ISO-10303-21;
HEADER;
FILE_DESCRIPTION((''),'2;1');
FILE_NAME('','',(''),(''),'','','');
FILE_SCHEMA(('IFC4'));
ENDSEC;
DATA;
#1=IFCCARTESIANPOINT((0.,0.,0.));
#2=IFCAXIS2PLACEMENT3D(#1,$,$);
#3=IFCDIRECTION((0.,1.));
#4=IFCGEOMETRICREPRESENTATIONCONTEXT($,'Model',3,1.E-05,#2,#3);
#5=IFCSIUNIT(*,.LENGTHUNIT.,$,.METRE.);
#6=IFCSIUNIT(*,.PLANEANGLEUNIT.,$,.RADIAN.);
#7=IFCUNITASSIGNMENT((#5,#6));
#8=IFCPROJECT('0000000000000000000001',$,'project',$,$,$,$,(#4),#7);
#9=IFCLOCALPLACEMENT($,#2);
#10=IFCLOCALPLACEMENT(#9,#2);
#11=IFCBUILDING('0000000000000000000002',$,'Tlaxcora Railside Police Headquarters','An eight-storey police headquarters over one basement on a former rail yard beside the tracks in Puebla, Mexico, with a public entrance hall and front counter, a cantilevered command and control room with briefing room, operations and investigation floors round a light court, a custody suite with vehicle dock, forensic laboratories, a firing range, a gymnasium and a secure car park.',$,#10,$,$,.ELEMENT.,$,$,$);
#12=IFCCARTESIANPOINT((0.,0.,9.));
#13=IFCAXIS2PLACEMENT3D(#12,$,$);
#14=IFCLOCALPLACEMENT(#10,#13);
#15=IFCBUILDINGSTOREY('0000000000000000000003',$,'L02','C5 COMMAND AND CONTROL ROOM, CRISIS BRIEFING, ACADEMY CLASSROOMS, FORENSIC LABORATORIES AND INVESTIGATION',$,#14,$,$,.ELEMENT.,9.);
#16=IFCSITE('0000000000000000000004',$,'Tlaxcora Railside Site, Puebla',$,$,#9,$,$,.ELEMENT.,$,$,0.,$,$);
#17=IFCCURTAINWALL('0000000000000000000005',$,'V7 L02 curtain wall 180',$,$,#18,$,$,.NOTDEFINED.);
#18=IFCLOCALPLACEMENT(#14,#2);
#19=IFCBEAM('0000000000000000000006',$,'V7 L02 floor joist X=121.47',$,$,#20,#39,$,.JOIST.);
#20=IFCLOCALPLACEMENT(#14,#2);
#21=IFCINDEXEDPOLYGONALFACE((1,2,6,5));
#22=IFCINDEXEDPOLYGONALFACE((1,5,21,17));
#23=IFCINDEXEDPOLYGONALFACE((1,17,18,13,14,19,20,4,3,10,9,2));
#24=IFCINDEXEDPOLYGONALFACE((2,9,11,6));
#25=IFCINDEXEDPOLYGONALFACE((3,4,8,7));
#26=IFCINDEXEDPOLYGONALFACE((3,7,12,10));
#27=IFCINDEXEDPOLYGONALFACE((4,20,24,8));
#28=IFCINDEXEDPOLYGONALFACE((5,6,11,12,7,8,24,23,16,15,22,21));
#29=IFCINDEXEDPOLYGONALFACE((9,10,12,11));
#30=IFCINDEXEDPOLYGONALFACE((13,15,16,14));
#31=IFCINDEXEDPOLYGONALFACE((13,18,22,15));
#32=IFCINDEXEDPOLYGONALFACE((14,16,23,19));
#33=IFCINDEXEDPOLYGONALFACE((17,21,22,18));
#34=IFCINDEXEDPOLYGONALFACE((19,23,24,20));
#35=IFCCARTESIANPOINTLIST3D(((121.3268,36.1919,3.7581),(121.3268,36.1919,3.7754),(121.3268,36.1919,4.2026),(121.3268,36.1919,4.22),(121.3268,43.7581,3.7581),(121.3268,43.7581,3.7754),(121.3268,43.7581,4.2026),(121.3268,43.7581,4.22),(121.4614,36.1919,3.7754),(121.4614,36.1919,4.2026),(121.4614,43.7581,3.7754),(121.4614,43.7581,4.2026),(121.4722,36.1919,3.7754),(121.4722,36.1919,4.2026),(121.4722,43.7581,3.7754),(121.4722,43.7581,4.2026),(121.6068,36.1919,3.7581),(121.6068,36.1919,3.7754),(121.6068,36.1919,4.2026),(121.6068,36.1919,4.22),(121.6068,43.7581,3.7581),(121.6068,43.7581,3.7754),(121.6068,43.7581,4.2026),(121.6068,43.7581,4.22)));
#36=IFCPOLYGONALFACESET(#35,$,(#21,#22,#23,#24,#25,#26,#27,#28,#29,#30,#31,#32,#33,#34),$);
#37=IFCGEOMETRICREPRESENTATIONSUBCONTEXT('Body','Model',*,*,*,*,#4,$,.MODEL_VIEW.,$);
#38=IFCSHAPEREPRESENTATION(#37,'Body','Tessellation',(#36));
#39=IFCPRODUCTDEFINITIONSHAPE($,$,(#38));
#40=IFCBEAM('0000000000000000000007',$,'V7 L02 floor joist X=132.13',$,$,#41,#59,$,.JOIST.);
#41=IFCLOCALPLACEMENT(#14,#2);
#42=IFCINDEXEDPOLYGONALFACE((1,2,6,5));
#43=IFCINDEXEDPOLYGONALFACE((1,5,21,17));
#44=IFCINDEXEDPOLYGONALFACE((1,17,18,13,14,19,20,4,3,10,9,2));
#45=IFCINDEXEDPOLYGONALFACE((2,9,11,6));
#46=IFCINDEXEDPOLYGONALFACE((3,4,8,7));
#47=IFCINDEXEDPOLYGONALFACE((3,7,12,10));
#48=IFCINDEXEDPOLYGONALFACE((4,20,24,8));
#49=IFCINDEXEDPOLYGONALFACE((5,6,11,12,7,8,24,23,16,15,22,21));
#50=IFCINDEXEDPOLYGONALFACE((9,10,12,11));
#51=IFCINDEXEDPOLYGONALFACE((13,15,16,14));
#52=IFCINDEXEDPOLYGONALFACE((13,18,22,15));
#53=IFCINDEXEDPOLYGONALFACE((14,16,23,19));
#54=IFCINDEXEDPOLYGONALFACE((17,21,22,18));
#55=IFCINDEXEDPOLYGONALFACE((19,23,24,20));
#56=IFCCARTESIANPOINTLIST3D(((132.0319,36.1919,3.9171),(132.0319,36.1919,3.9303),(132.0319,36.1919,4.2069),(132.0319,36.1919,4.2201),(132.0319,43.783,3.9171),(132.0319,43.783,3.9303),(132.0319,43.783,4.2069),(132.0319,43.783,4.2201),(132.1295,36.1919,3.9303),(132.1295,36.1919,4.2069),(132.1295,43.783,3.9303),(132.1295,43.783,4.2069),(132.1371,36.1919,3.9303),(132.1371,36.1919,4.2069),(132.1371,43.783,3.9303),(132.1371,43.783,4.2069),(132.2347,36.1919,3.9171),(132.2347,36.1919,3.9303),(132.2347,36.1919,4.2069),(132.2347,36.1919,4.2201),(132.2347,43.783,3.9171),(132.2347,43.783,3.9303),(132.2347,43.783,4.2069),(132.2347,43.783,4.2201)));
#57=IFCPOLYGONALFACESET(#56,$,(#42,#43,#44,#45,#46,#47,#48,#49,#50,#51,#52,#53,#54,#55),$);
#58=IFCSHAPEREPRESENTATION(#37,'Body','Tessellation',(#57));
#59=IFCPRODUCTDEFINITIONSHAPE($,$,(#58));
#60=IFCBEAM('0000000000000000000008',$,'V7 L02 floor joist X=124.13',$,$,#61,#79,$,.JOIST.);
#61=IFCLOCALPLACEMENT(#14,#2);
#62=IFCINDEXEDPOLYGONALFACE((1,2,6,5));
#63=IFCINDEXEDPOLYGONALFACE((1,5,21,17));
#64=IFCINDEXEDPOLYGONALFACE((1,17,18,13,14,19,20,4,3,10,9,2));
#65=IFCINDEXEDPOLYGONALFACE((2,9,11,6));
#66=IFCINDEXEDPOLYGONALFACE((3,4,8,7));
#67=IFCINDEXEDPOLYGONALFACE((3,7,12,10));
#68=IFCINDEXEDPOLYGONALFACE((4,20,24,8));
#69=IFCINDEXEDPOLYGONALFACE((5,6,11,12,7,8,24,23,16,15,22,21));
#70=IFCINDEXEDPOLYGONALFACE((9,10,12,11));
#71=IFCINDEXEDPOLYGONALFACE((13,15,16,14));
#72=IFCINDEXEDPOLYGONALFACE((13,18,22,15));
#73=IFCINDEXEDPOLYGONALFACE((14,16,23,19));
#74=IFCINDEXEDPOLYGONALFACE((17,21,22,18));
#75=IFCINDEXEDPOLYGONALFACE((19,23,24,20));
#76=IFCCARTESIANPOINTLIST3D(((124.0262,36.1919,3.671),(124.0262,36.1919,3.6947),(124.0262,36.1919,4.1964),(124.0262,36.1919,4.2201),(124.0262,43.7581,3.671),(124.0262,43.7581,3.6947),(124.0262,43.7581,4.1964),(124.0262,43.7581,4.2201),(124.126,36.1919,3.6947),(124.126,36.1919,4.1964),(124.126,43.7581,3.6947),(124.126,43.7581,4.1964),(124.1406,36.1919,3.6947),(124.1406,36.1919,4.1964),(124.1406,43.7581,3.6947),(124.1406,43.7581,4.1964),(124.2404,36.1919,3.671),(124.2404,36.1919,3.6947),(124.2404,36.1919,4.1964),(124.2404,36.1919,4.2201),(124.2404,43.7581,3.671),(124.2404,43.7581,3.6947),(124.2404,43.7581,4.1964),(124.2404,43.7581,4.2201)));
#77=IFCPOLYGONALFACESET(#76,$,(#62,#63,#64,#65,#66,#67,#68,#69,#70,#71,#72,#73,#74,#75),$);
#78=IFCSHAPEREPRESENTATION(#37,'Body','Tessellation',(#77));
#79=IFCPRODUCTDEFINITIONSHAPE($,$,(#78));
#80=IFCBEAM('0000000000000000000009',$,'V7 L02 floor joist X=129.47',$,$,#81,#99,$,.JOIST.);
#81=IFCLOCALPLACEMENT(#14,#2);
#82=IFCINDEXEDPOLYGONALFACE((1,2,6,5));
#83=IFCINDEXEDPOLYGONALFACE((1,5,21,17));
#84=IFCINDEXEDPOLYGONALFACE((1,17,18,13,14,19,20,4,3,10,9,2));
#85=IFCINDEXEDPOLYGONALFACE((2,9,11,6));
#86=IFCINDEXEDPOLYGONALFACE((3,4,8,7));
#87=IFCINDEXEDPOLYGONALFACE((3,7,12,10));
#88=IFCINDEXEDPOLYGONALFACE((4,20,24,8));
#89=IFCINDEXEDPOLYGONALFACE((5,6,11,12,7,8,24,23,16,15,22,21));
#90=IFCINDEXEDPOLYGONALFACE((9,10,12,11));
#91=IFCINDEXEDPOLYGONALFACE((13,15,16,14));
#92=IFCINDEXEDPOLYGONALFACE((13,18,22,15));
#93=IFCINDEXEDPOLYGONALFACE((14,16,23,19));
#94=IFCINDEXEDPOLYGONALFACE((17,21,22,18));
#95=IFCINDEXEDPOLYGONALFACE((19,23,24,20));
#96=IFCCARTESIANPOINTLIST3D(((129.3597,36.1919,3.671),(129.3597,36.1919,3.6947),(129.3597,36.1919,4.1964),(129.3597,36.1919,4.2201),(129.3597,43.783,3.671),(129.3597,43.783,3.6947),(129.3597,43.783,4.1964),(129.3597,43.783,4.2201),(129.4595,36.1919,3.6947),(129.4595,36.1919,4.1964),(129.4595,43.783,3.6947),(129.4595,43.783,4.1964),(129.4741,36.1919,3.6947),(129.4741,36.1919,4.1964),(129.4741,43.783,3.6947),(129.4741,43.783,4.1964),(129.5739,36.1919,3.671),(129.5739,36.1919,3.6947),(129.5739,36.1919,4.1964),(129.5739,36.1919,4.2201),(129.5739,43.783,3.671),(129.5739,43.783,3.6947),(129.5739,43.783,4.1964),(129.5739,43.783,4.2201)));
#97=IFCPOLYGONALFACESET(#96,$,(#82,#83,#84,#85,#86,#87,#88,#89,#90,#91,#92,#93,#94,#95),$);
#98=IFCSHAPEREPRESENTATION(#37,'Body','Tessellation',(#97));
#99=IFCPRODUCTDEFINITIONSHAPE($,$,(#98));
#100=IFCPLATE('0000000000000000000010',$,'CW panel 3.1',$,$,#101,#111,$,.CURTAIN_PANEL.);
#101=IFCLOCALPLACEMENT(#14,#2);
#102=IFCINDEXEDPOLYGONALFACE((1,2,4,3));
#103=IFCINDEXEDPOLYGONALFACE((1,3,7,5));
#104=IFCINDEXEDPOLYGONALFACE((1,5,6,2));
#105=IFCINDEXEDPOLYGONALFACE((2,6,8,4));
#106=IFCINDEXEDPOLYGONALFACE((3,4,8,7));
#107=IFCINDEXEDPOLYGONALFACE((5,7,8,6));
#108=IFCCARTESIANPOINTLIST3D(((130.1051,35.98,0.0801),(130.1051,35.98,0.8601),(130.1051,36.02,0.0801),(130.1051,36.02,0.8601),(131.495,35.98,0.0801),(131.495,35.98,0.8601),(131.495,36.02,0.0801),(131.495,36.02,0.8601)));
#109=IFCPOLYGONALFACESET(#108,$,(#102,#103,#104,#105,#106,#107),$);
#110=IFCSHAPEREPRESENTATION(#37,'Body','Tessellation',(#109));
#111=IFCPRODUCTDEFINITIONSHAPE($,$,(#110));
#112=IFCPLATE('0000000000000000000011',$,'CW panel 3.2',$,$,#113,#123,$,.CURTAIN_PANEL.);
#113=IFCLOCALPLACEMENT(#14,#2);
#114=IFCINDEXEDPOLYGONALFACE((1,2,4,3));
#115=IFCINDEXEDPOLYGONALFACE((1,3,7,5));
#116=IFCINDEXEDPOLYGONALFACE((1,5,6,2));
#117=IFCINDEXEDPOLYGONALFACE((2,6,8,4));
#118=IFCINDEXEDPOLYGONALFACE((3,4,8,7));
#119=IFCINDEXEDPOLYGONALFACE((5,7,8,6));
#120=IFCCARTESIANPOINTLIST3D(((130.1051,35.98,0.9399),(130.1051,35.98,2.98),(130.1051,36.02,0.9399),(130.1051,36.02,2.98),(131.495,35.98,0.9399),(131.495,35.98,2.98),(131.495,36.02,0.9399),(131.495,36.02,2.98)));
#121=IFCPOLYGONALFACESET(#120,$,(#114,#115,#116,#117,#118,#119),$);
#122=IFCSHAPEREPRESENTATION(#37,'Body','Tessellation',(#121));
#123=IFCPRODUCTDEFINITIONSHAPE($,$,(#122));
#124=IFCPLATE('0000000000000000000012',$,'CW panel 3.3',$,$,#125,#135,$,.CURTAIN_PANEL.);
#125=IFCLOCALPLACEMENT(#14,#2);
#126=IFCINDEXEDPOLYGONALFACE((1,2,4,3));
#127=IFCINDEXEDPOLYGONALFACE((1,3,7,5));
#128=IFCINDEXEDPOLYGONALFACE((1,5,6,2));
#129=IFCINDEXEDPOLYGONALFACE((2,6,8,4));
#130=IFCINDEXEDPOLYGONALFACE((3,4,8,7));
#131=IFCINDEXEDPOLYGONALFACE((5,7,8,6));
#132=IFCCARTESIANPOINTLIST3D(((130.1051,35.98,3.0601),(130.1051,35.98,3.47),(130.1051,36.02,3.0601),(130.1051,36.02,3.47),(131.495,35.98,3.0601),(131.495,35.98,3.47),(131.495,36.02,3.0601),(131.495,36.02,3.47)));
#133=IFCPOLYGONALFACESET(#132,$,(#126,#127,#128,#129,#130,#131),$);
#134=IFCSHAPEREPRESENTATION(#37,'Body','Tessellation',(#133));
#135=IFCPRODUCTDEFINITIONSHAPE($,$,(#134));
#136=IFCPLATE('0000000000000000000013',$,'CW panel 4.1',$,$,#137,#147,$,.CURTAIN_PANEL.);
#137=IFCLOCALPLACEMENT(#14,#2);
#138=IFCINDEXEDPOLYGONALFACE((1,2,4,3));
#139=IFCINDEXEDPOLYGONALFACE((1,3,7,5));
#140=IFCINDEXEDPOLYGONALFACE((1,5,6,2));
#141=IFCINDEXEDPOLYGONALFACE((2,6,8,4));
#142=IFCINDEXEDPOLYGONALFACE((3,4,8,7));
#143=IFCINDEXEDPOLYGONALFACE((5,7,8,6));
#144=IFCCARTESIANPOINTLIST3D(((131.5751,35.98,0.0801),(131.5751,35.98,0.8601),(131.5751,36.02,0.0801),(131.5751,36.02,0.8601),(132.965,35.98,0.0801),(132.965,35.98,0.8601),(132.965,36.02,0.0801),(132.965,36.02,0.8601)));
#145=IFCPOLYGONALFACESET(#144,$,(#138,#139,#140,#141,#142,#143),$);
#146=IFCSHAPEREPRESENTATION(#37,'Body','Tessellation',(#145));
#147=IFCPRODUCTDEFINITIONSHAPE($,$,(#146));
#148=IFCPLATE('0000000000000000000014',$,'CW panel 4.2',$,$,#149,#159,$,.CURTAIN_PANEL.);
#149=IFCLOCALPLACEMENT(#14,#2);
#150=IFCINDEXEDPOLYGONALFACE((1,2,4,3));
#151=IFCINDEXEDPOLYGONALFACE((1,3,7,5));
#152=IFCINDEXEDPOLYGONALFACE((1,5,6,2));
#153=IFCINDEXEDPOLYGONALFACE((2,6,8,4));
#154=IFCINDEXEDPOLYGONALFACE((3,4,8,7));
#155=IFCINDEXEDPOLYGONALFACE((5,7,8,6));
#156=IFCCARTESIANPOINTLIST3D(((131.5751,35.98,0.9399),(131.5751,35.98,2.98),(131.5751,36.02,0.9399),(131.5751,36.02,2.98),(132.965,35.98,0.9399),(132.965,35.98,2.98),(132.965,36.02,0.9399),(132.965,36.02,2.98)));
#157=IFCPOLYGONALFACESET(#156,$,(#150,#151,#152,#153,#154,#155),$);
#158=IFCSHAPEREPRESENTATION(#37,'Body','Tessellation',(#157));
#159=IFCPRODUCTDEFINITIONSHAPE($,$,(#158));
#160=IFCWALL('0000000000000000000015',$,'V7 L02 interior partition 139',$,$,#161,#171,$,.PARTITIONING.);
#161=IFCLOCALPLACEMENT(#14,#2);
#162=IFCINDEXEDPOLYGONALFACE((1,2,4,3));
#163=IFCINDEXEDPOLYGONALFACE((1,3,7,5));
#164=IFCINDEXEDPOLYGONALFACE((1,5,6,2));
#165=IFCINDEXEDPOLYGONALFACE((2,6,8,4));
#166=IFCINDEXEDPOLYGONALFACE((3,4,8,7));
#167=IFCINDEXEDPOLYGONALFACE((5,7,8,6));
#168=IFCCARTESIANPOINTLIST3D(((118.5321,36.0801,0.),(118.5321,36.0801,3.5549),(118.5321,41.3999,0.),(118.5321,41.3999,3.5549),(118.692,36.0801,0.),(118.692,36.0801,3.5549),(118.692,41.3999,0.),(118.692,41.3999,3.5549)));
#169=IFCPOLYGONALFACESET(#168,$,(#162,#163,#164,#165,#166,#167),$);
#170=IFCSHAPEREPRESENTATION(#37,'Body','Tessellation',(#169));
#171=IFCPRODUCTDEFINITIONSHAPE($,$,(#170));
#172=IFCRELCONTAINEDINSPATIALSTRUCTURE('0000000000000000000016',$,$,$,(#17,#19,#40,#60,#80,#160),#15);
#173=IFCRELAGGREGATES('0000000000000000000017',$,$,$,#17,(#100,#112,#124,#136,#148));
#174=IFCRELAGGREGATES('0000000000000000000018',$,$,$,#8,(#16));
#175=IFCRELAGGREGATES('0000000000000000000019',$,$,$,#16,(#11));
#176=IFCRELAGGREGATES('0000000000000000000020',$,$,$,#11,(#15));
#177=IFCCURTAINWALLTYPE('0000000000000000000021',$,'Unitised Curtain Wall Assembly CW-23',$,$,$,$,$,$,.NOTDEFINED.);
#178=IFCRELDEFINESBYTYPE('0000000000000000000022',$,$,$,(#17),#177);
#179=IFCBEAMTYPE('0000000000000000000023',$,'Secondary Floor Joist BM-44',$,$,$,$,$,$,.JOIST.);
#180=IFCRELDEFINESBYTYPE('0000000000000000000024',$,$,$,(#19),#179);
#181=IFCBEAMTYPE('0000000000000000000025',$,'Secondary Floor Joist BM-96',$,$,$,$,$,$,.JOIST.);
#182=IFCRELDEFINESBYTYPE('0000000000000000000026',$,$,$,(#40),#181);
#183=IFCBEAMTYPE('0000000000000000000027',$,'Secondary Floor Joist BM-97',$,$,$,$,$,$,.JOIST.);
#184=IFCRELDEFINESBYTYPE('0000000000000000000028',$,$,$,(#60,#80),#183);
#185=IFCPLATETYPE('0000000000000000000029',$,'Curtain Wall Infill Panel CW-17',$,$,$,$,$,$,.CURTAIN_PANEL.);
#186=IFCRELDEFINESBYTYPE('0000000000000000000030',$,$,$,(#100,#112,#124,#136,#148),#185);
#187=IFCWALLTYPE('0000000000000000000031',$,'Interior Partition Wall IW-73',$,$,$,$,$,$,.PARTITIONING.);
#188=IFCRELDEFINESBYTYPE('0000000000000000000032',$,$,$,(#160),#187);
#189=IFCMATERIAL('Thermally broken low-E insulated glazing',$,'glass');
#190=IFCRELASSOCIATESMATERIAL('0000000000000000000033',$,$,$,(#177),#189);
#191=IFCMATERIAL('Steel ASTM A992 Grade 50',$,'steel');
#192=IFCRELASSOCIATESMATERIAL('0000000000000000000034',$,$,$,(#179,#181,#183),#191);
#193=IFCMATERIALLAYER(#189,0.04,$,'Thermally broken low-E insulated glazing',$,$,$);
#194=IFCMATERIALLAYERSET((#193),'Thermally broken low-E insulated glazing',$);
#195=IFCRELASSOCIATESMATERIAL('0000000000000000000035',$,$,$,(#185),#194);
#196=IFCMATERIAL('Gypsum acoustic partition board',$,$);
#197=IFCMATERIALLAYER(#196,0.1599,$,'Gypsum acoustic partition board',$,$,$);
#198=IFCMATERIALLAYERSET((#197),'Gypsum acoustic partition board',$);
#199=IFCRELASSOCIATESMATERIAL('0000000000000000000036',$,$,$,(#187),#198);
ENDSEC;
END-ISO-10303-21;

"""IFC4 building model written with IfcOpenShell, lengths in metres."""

from ifc_helpers import new_model, si_unit, direction, frame, frame_2d, origin, origin_2d, place, context, subcontext, project, spatial, rectangle, i_section, extrude, material, layer, layer_set, material_profile, profile_set, type_object, element, aggregate, save


model = new_model("IFC4")

# Units and contexts
model_context = context("Model", 3, precision=1e-05, world=origin(), true_north=direction((0.0, 1.0)))
body_context = subcontext(model_context, "Body", "Model", "MODEL_VIEW")
ifc_project = project(units=[si_unit("LENGTHUNIT", "METRE"), si_unit("PLANEANGLEUNIT", "RADIAN")], contexts=[model_context])

# Site, building, storey
site_placement = place(None, origin())
site = spatial("IfcSite", under=ifc_project, at=site_placement, Name="Tlaxcora Railside Site, Puebla", CompositionType="ELEMENT", RefElevation=0.0)
building_placement = place(site_placement, origin())
building = spatial("IfcBuilding", under=site, at=building_placement, Name="Tlaxcora Railside Police Headquarters", Description="An eight-storey police headquarters over one basement on a former rail yard beside the tracks in Puebla, Mexico, with a public entrance hall and front counter, a cantilevered command and control room with briefing room, operations and investigation floors round a light court, a custody suite with vehicle dock, forensic laboratories, a firing range, a gymnasium and a secure car park.", CompositionType="ELEMENT")
storey_placement = place(building_placement, frame((0.0, 0.0, 9.0)))
storey = spatial("IfcBuildingStorey", under=building, at=storey_placement, Name="L02", Description="C5 COMMAND AND CONTROL ROOM, CRISIS BRIEFING, ACADEMY CLASSROOMS, FORENSIC LABORATORIES AND INVESTIGATION", CompositionType="ELEMENT", Elevation=9.0)

# Curtain wall
ifc_material_1 = material(Name="Thermally broken low-E insulated glazing", Category="glass")
curtain_wall_type = type_object("IfcCurtainWallType", Name="Unitised Curtain Wall Assembly CW-23", PredefinedType="NOTDEFINED", material=ifc_material_1)
curtain_wall_placement = place(storey_placement, origin())
curtain_wall = element("IfcCurtainWall", 1, at=curtain_wall_placement, inside=storey, type_object=curtain_wall_type, Name="V7 L02 curtain wall 180", PredefinedType="NOTDEFINED")

# Beams
ifc_material_2 = material(Name="Steel ASTM A992 Grade 50", Category="steel")
ifc_material_profile_1 = material_profile(ifc_material_2, i_section(OverallWidth=0.28, OverallDepth=0.4619, WebThickness=0.0107, FlangeThickness=0.0173, at=origin_2d()), Name="W18X76")
ifc_profile_set_1 = profile_set([ifc_material_profile_1], Name="Steel ASTM A992 Grade 50")
beam_type_1 = type_object("IfcBeamType", Name="Secondary Floor Joist BM-44", PredefinedType="JOIST", material=ifc_profile_set_1)
beam_1_placement = place(storey_placement, frame((121.4668, 36.1919, 3.989), z_axis=(0.0, 1.0, 0.0), x_axis=(-1.0, 0.0, 0.0)))
element("IfcBeam", 2, at=beam_1_placement, inside=storey, type_object=beam_type_1, Name="V7 L02 floor joist X=121.47", PredefinedType="JOIST", context=body_context, shape_type="SweptSolid", body=[
    extrude(i_section(OverallWidth=0.28, OverallDepth=0.4619, WebThickness=0.0107, FlangeThickness=0.0173, at=origin_2d()), origin(), (0.0, 0.0, 1.0), 7.5662),
])
ifc_material_profile_2 = material_profile(ifc_material_2, i_section(OverallWidth=0.2029, OverallDepth=0.303, WebThickness=0.0076, FlangeThickness=0.0132, at=origin_2d()), Name="W12X40")
ifc_profile_set_2 = profile_set([ifc_material_profile_2], Name="Steel ASTM A992 Grade 50")
beam_type_2 = type_object("IfcBeamType", Name="Secondary Floor Joist BM-96", PredefinedType="JOIST", material=ifc_profile_set_2)
beam_2_placement = place(storey_placement, frame((132.1333, 36.1919, 4.0686), z_axis=(0.0, 1.0, 0.0), x_axis=(-1.0, 0.0, 0.0)))
element("IfcBeam", 3, at=beam_2_placement, inside=storey, type_object=beam_type_2, Name="V7 L02 floor joist X=132.13", PredefinedType="JOIST", context=body_context, shape_type="SweptSolid", body=[
    extrude(i_section(OverallWidth=0.2029, OverallDepth=0.303, WebThickness=0.0076, FlangeThickness=0.0132, at=origin_2d()), origin(), (0.0, 0.0, 1.0), 7.5911),
])
ifc_material_profile_3 = material_profile(ifc_material_2, i_section(OverallWidth=0.2141, OverallDepth=0.5491, WebThickness=0.0146, FlangeThickness=0.0237, at=origin_2d()), Name="W21X93")
ifc_profile_set_3 = profile_set([ifc_material_profile_3], Name="Steel ASTM A992 Grade 50")
beam_type_3 = type_object("IfcBeamType", Name="Secondary Floor Joist BM-97", PredefinedType="JOIST", material=ifc_profile_set_3)
beam_3_placement = place(storey_placement, frame((124.1333, 36.1919, 3.9456), z_axis=(0.0, 1.0, 0.0), x_axis=(-1.0, 0.0, 0.0)))
element("IfcBeam", 4, at=beam_3_placement, inside=storey, type_object=beam_type_3, Name="V7 L02 floor joist X=124.13", PredefinedType="JOIST", context=body_context, shape_type="SweptSolid", body=[
    extrude(i_section(OverallWidth=0.2141, OverallDepth=0.5491, WebThickness=0.0146, FlangeThickness=0.0237, at=origin_2d()), origin(), (0.0, 0.0, 1.0), 7.5662),
])
beam_4_placement = place(storey_placement, frame((129.4668, 36.1919, 3.9456), z_axis=(0.0, 1.0, 0.0), x_axis=(-1.0, 0.0, 0.0)))
element("IfcBeam", 5, at=beam_4_placement, inside=storey, type_object=beam_type_3, Name="V7 L02 floor joist X=129.47", PredefinedType="JOIST", context=body_context, shape_type="SweptSolid", body=[
    extrude(i_section(OverallWidth=0.2141, OverallDepth=0.5491, WebThickness=0.0146, FlangeThickness=0.0237, at=origin_2d()), origin(), (0.0, 0.0, 1.0), 7.5911),
])

# Plates
ifc_layer_1 = layer(ifc_material_1, 0.04, Name="Thermally broken low-E insulated glazing")
ifc_layer_set_1 = layer_set([ifc_layer_1], Name="Thermally broken low-E insulated glazing")
plate_type = type_object("IfcPlateType", Name="Curtain Wall Infill Panel CW-17", PredefinedType="CURTAIN_PANEL", material=ifc_layer_set_1)
plate_1_placement = place(storey_placement, frame((130.8, 36.0, 0.0801), z_axis=(0.0, 0.0, 1.0), x_axis=(1.0, 0.0, 0.0)))
plate_1 = element("IfcPlate", 6, at=plate_1_placement, type_object=plate_type, Name="CW panel 3.1", PredefinedType="CURTAIN_PANEL", context=body_context, shape_type="SweptSolid", body=[
    extrude(rectangle(XDim=1.3899, YDim=0.04, at=origin_2d()), origin(), (0.0, 0.0, 1.0), 0.78),
])
plate_2_placement = place(storey_placement, frame((130.8, 36.0, 0.9399), z_axis=(0.0, 0.0, 1.0), x_axis=(1.0, 0.0, 0.0)))
plate_2 = element("IfcPlate", 7, at=plate_2_placement, type_object=plate_type, Name="CW panel 3.2", PredefinedType="CURTAIN_PANEL", context=body_context, shape_type="SweptSolid", body=[
    extrude(rectangle(XDim=1.3899, YDim=0.04, at=origin_2d()), origin(), (0.0, 0.0, 1.0), 2.04),
])
plate_3_placement = place(storey_placement, frame((130.8, 36.0, 3.0601), z_axis=(0.0, 0.0, 1.0), x_axis=(1.0, 0.0, 0.0)))
plate_3 = element("IfcPlate", 8, at=plate_3_placement, type_object=plate_type, Name="CW panel 3.3", PredefinedType="CURTAIN_PANEL", context=body_context, shape_type="SweptSolid", body=[
    extrude(rectangle(XDim=1.3899, YDim=0.04, at=origin_2d()), origin(), (0.0, 0.0, 1.0), 0.4099),
])
plate_4_placement = place(storey_placement, frame((132.27, 36.0, 0.0801), z_axis=(0.0, 0.0, 1.0), x_axis=(1.0, 0.0, 0.0)))
plate_4 = element("IfcPlate", 9, at=plate_4_placement, type_object=plate_type, Name="CW panel 4.1", PredefinedType="CURTAIN_PANEL", context=body_context, shape_type="SweptSolid", body=[
    extrude(rectangle(XDim=1.3899, YDim=0.04, at=origin_2d()), origin(), (0.0, 0.0, 1.0), 0.78),
])
plate_5_placement = place(storey_placement, frame((132.27, 36.0, 0.9399), z_axis=(0.0, 0.0, 1.0), x_axis=(1.0, 0.0, 0.0)))
plate_5 = element("IfcPlate", 10, at=plate_5_placement, type_object=plate_type, Name="CW panel 4.2", PredefinedType="CURTAIN_PANEL", context=body_context, shape_type="SweptSolid", body=[
    extrude(rectangle(XDim=1.3899, YDim=0.04, at=origin_2d()), origin(), (0.0, 0.0, 1.0), 2.04),
])
aggregate(curtain_wall, [plate_1, plate_2, plate_3, plate_4, plate_5])

# Wall
ifc_material_3 = material(Name="Gypsum acoustic partition board")
ifc_layer_2 = layer(ifc_material_3, 0.1599, Name="Gypsum acoustic partition board")
ifc_layer_set_2 = layer_set([ifc_layer_2], Name="Gypsum acoustic partition board")
wall_type = type_object("IfcWallType", Name="Interior Partition Wall IW-73", PredefinedType="PARTITIONING", material=ifc_layer_set_2)
wall_placement = place(storey_placement, frame((118.6121, 36.0801, 0.0), z_axis=(0.0, 0.0, 1.0), x_axis=(0.0, 1.0, 0.0)))
element("IfcWall", 11, at=wall_placement, inside=storey, type_object=wall_type, Name="V7 L02 interior partition 139", PredefinedType="PARTITIONING", context=body_context, shape_type="SweptSolid", body=[
    extrude(rectangle(XDim=5.3198, YDim=0.1599, at=frame_2d((2.6599, 0.0))), origin(), (0.0, 0.0, 1.0), 3.5549),
])

save(model, "model.ifc")
